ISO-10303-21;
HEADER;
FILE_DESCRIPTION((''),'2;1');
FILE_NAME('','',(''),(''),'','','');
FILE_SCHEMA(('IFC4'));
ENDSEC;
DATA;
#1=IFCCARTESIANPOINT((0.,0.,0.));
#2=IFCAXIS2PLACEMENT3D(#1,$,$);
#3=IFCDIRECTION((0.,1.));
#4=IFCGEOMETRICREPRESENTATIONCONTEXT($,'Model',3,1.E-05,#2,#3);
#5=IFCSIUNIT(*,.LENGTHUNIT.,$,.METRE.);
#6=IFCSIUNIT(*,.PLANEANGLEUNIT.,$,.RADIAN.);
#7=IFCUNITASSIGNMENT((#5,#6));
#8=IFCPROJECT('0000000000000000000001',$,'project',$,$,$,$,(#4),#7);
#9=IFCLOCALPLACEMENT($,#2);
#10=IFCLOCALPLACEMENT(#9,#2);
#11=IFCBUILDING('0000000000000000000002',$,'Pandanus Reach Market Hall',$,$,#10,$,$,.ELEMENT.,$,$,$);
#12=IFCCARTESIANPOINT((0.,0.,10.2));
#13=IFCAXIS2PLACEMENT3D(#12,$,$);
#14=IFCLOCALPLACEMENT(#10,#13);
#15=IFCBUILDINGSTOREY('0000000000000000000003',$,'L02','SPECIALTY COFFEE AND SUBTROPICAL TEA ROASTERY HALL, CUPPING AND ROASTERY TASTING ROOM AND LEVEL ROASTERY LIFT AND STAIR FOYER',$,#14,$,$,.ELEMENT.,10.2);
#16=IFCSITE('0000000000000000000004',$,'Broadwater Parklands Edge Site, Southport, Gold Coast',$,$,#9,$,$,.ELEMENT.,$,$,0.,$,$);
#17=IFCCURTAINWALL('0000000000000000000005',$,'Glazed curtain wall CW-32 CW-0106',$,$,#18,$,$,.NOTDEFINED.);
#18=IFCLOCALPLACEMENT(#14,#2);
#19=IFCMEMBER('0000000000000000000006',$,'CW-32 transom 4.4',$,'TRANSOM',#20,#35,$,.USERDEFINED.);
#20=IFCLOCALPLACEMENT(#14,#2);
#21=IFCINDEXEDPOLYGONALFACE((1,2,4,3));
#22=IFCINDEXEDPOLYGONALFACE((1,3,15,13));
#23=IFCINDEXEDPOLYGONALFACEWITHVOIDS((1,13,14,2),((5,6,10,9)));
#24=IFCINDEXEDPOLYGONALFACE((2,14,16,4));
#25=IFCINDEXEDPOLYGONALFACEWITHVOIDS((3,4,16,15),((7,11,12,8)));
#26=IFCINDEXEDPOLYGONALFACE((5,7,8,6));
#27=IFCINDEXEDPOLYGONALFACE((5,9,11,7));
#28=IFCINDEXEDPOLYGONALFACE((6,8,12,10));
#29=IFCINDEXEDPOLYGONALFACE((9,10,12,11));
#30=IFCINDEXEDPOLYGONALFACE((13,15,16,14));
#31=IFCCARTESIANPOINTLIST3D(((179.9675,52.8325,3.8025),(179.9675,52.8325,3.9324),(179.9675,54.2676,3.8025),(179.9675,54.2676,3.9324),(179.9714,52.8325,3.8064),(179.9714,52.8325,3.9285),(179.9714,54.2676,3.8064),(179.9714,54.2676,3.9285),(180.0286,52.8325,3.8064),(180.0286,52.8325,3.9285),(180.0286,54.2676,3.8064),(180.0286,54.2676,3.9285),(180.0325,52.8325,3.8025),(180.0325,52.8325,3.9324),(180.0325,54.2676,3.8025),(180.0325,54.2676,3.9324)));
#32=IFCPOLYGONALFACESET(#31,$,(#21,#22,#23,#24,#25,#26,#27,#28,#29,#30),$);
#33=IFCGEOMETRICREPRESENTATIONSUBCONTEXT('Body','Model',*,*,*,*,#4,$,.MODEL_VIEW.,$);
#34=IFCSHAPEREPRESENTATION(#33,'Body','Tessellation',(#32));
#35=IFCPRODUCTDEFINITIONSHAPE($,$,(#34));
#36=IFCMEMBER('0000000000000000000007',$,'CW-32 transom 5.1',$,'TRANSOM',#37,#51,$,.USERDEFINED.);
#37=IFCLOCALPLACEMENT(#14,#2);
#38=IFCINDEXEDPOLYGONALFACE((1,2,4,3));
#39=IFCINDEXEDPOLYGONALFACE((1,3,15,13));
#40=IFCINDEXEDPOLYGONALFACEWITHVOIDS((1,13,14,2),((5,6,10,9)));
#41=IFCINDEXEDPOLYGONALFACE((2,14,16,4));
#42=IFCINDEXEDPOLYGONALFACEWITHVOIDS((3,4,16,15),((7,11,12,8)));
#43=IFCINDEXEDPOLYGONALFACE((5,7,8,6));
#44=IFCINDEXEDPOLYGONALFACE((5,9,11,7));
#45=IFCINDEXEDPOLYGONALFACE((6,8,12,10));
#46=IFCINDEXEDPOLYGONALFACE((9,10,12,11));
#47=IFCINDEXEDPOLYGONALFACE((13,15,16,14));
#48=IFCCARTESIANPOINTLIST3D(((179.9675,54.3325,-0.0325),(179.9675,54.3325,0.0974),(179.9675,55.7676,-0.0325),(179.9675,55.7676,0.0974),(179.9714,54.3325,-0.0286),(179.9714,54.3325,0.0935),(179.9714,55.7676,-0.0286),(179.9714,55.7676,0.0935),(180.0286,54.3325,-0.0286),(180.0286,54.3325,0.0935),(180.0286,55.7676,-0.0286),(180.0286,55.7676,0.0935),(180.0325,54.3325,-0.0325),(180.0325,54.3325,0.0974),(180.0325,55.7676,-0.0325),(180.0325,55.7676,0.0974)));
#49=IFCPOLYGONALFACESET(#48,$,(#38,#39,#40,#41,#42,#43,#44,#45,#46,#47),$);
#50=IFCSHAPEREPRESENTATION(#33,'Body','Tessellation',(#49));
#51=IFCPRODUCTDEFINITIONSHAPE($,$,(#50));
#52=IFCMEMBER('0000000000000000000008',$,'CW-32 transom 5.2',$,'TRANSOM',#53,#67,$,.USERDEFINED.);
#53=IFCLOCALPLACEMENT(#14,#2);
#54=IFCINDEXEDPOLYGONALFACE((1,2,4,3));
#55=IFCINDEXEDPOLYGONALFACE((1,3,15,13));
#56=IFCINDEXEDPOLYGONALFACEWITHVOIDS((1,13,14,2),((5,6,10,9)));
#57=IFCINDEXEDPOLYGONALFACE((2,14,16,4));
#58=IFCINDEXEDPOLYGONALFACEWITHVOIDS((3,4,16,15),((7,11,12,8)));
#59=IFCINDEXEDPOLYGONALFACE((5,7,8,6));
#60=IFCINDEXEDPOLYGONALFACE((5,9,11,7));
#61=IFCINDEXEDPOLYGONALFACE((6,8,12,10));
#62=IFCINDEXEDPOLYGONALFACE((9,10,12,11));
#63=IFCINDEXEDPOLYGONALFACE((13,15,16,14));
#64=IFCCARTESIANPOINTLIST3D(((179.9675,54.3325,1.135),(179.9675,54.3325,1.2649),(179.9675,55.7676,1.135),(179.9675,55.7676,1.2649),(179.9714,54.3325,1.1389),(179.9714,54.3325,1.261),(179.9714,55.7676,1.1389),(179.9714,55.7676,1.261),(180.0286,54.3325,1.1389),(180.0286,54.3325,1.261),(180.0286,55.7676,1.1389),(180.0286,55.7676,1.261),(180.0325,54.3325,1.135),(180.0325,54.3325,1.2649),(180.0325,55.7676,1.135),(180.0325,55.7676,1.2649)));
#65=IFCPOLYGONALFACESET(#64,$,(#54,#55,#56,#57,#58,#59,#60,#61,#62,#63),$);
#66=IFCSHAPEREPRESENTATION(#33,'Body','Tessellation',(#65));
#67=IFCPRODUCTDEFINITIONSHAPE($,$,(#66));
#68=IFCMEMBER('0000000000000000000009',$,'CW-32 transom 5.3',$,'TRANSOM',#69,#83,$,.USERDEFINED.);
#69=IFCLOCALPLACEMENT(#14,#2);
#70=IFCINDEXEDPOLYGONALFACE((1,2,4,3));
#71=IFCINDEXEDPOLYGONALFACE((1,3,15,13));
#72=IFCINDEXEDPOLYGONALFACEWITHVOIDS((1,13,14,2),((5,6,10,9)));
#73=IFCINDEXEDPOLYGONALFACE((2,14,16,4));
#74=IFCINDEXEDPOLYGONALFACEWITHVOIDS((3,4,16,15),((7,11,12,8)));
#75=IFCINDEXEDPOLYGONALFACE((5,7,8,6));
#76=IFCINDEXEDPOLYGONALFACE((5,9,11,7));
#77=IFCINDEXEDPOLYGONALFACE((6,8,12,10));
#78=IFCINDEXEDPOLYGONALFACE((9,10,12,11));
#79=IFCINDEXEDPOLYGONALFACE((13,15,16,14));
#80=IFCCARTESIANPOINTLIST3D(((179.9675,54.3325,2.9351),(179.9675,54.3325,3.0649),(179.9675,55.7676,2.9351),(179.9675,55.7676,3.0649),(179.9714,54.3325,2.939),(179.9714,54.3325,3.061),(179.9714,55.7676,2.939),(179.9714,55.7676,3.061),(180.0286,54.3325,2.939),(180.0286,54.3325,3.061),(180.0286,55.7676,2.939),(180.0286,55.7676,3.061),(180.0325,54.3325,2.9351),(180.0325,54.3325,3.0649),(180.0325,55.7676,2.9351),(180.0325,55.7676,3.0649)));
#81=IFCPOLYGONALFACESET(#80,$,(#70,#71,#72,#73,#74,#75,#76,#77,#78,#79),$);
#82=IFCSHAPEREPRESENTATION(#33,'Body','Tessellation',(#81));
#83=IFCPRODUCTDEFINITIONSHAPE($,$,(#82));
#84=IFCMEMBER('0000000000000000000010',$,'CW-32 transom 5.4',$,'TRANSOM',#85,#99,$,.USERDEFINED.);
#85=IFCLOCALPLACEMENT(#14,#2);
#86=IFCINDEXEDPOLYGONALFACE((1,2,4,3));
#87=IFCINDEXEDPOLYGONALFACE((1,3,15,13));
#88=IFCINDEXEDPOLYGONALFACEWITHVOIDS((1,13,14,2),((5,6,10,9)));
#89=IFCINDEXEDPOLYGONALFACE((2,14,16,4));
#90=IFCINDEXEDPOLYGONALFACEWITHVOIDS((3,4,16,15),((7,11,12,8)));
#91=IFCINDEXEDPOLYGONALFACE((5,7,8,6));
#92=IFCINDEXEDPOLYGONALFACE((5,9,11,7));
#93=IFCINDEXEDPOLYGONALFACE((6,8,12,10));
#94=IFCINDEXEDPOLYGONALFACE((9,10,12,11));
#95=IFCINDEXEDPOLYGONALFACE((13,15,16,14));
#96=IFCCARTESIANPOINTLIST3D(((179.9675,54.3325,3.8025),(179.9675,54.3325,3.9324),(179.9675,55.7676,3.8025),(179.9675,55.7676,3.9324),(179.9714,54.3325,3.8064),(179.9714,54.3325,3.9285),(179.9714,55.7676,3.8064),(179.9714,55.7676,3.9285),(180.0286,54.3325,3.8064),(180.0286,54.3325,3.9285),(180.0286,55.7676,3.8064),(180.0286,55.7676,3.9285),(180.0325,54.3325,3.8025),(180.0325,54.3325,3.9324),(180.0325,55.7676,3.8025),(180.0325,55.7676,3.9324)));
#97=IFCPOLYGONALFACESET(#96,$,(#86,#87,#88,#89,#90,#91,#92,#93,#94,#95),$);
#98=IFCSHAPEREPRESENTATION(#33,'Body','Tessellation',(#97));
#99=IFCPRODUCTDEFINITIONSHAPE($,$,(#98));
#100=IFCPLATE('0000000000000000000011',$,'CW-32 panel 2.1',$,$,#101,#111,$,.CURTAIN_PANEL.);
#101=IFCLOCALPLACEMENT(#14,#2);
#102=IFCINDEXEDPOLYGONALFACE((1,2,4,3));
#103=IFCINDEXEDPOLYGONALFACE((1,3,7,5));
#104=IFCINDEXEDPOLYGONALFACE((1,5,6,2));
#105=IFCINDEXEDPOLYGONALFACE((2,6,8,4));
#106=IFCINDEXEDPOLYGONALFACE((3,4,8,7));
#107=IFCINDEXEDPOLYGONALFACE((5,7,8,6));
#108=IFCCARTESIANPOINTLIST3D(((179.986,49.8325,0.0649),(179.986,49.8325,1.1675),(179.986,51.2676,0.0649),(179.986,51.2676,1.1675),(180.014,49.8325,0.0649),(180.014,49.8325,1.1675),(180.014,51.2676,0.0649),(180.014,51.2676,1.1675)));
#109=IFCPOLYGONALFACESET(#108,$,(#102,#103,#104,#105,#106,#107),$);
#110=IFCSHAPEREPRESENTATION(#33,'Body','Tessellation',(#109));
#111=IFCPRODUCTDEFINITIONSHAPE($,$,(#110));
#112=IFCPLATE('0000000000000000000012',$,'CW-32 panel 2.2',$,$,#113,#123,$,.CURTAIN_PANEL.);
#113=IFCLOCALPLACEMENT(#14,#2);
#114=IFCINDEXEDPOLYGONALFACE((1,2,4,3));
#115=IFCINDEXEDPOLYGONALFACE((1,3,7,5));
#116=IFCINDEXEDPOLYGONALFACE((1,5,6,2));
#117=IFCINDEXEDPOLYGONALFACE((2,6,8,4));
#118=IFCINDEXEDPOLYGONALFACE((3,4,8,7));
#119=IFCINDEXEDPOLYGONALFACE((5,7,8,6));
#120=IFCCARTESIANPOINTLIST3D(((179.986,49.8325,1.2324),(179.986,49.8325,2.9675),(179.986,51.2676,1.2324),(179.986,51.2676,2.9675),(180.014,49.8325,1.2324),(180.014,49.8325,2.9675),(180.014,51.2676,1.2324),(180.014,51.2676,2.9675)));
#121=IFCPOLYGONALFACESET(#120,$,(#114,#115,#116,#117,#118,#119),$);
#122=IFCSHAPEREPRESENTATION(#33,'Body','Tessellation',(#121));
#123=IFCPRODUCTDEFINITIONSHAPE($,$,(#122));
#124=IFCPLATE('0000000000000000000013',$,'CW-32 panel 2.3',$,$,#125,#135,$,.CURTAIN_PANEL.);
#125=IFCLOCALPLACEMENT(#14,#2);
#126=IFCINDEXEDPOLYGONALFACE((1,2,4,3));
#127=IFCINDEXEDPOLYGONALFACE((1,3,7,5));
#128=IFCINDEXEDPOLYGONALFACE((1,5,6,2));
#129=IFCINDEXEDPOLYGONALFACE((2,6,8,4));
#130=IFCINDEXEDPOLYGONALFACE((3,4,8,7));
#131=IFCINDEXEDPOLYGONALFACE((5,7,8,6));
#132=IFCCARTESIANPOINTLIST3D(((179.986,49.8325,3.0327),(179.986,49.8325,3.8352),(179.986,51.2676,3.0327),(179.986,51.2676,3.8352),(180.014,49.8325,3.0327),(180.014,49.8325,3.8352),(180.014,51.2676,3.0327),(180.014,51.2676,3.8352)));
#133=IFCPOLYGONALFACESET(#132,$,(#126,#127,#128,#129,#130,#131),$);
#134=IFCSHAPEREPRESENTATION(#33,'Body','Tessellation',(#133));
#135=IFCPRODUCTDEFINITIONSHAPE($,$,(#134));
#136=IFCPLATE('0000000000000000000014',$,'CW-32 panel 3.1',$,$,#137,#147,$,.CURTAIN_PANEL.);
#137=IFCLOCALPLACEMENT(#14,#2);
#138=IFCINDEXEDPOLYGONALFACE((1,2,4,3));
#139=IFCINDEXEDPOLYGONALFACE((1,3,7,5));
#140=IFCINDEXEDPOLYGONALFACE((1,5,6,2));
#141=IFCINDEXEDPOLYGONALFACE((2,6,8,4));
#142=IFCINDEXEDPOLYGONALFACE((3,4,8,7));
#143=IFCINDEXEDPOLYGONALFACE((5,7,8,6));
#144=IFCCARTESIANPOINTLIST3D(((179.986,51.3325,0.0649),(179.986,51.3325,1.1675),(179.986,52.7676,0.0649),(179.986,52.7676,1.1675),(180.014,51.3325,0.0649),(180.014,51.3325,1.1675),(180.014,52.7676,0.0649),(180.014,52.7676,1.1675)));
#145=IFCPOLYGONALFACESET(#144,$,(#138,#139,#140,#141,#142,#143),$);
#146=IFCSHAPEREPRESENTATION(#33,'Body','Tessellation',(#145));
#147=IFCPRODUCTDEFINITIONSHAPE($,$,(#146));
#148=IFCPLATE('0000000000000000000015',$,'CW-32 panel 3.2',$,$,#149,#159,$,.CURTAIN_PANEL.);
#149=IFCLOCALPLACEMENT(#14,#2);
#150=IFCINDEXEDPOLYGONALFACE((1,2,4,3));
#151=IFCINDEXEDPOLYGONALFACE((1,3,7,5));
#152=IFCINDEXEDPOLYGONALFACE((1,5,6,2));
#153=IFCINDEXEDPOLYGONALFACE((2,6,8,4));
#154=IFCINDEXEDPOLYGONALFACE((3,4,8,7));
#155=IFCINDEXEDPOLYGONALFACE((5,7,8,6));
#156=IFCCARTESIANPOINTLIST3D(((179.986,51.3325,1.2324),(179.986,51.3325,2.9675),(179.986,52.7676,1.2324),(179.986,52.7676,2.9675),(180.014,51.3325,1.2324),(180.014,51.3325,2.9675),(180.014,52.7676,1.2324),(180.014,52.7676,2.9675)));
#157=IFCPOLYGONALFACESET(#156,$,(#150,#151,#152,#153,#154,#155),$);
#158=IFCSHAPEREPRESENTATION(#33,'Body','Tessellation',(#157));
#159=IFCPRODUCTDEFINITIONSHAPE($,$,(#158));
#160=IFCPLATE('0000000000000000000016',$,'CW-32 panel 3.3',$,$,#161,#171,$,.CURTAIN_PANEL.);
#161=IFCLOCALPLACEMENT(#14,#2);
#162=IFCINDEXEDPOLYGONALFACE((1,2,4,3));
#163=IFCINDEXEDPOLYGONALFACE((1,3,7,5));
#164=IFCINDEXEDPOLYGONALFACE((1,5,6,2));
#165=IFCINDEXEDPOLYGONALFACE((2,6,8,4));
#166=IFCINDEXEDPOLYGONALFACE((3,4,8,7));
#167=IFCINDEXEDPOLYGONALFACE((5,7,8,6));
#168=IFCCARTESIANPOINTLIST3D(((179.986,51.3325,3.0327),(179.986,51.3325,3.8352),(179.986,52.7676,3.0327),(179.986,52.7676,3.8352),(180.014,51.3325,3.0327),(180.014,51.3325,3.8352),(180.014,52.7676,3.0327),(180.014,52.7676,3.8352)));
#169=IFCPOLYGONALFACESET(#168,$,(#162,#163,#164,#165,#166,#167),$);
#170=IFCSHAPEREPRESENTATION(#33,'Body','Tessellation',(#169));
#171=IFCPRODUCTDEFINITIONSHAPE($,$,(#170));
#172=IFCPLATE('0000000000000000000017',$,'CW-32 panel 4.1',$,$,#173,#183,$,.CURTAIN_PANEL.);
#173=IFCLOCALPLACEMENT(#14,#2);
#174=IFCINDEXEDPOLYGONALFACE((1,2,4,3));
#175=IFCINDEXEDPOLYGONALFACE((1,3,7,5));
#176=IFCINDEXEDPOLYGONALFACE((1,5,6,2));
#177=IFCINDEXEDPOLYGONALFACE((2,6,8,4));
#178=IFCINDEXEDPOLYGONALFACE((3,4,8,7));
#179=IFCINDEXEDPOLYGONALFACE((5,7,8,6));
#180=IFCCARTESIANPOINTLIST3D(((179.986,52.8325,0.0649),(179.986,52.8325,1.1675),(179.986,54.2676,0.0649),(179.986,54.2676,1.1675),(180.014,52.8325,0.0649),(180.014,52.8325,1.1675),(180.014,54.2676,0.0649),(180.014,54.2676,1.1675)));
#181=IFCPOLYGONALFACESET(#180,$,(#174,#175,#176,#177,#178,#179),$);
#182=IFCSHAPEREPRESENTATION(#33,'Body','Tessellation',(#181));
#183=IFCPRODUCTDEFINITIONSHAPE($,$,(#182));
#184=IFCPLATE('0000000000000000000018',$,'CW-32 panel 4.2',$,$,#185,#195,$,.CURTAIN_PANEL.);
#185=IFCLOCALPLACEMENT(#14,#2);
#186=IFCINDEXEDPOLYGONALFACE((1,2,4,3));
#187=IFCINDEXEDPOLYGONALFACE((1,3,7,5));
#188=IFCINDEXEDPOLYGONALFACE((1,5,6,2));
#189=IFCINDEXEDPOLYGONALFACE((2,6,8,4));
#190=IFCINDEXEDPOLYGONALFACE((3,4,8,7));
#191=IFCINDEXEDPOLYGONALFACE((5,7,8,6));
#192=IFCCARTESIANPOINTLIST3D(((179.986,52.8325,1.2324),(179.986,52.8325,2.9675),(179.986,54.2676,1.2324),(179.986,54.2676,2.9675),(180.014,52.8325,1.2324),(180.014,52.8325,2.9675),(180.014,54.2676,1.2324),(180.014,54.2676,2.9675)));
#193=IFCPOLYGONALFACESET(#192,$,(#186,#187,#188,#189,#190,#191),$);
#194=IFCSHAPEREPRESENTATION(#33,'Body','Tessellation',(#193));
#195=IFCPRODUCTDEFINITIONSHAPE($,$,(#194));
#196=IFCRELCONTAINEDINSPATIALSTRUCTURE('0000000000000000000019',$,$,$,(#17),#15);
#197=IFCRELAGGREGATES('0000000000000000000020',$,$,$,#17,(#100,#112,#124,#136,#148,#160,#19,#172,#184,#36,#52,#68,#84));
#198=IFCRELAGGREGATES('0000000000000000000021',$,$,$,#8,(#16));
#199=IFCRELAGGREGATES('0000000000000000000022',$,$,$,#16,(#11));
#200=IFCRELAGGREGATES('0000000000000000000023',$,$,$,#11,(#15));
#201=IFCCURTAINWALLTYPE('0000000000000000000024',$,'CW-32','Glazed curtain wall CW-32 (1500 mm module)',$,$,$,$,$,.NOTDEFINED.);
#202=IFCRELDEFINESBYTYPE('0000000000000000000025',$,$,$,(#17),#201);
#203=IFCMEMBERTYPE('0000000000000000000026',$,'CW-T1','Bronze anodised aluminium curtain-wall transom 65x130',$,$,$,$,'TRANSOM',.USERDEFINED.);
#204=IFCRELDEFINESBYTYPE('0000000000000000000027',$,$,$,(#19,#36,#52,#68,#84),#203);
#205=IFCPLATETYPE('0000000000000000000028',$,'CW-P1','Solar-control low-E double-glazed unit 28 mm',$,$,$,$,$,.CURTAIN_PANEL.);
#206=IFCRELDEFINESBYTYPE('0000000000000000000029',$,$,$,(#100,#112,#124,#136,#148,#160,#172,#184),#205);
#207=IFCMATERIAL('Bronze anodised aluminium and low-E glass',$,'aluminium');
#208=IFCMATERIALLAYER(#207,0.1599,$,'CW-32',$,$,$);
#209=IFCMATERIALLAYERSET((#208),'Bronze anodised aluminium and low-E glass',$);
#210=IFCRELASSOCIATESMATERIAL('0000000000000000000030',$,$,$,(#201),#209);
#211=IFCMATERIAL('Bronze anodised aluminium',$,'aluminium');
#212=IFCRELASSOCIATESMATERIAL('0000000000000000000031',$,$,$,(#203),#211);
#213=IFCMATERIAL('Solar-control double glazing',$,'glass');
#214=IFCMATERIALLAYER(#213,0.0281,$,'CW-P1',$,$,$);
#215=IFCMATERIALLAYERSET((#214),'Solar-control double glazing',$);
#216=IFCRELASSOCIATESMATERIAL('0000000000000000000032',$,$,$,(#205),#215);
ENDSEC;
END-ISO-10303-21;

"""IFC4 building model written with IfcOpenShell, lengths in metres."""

from ifc_helpers import new_model, si_unit, direction, frame, origin, origin_2d, place, context, subcontext, project, spatial, rectangle, hollow_rectangle, extrude, material, layer, layer_set, material_profile, profile_set, type_object, element, aggregate, save


model = new_model("IFC4")

# Units and contexts
model_context = context("Model", 3, precision=1e-05, world=origin(), true_north=direction((0.0, 1.0)))
body_context = subcontext(model_context, "Body", "Model", "MODEL_VIEW")
ifc_project = project(units=[si_unit("LENGTHUNIT", "METRE"), si_unit("PLANEANGLEUNIT", "RADIAN")], contexts=[model_context])

# Site, building, storey
site_placement = place(None, origin())
site = spatial("IfcSite", under=ifc_project, at=site_placement, Name="Broadwater Parklands Edge Site, Southport, Gold Coast", CompositionType="ELEMENT", RefElevation=0.0)
building_placement = place(site_placement, origin())
building = spatial("IfcBuilding", under=site, at=building_placement, Name="Pandanus Reach Market Hall", CompositionType="ELEMENT")
storey_placement = place(building_placement, frame((0.0, 0.0, 10.2)))
storey = spatial("IfcBuildingStorey", under=building, at=storey_placement, Name="L02", Description="SPECIALTY COFFEE AND SUBTROPICAL TEA ROASTERY HALL, CUPPING AND ROASTERY TASTING ROOM AND LEVEL ROASTERY LIFT AND STAIR FOYER", CompositionType="ELEMENT", Elevation=10.2)

# Curtain wall, members, plates
ifc_material_1 = material(Name="Bronze anodised aluminium and low-E glass", Category="aluminium")
ifc_layer_1 = layer(ifc_material_1, 0.1599, Name="CW-32")
ifc_layer_set_1 = layer_set([ifc_layer_1], Name="Bronze anodised aluminium and low-E glass")
curtain_wall_type = type_object("IfcCurtainWallType", Name="CW-32", Description="Glazed curtain wall CW-32 (1500 mm module)", PredefinedType="NOTDEFINED", material=ifc_layer_set_1)
curtain_wall_placement = place(storey_placement, origin())
curtain_wall = element("IfcCurtainWall", 1, at=curtain_wall_placement, inside=storey, type_object=curtain_wall_type, Name="Glazed curtain wall CW-32 CW-0106", PredefinedType="NOTDEFINED")
ifc_material_2 = material(Name="Bronze anodised aluminium", Category="aluminium")
ifc_material_profile_1 = material_profile(ifc_material_2, hollow_rectangle(XDim=0.0649, YDim=0.1299, WallThickness=0.0039, at=origin_2d()), Name="ALU65x130", Category="LoadBearing")
ifc_profile_set_1 = profile_set([ifc_material_profile_1], Name="Bronze anodised aluminium")
member_type_1 = type_object("IfcMemberType", Name="CW-T1", Description="Bronze anodised aluminium curtain-wall transom 65x130", ElementType="TRANSOM", PredefinedType="USERDEFINED", material=ifc_profile_set_1)
member_1_placement = place(storey_placement, frame((180.0, 52.8325, 3.8674), z_axis=(0.0, 1.0, 0.0), x_axis=(-1.0, 0.0, 0.0)))
member_1 = element("IfcMember", 2, at=member_1_placement, type_object=member_type_1, Name="CW-32 transom 4.4", ObjectType="TRANSOM", PredefinedType="USERDEFINED", context=body_context, shape_type="SweptSolid", body=[
    extrude(hollow_rectangle(XDim=0.0649, YDim=0.1299, WallThickness=0.0039, at=origin_2d()), origin(), (0.0, 0.0, 1.0), 1.4351),
])
member_2_placement = place(storey_placement, frame((180.0, 54.3325, 0.0325), z_axis=(0.0, 1.0, 0.0), x_axis=(-1.0, 0.0, 0.0)))
member_2 = element("IfcMember", 3, at=member_2_placement, type_object=member_type_1, Name="CW-32 transom 5.1", ObjectType="TRANSOM", PredefinedType="USERDEFINED", context=body_context, shape_type="SweptSolid", body=[
    extrude(hollow_rectangle(XDim=0.0649, YDim=0.1299, WallThickness=0.0039, at=origin_2d()), origin(), (0.0, 0.0, 1.0), 1.4351),
])
member_3_placement = place(storey_placement, frame((180.0, 54.3325, 1.2), z_axis=(0.0, 1.0, 0.0), x_axis=(-1.0, 0.0, 0.0)))
member_3 = element("IfcMember", 4, at=member_3_placement, type_object=member_type_1, Name="CW-32 transom 5.2", ObjectType="TRANSOM", PredefinedType="USERDEFINED", context=body_context, shape_type="SweptSolid", body=[
    extrude(hollow_rectangle(XDim=0.0649, YDim=0.1299, WallThickness=0.0039, at=origin_2d()), origin(), (0.0, 0.0, 1.0), 1.4351),
])
member_4_placement = place(storey_placement, frame((180.0, 54.3325, 3.0), z_axis=(0.0, 1.0, 0.0), x_axis=(-1.0, 0.0, 0.0)))
member_4 = element("IfcMember", 5, at=member_4_placement, type_object=member_type_1, Name="CW-32 transom 5.3", ObjectType="TRANSOM", PredefinedType="USERDEFINED", context=body_context, shape_type="SweptSolid", body=[
    extrude(hollow_rectangle(XDim=0.0649, YDim=0.1299, WallThickness=0.0039, at=origin_2d()), origin(), (0.0, 0.0, 1.0), 1.4351),
])
member_5_placement = place(storey_placement, frame((180.0, 54.3325, 3.8674), z_axis=(0.0, 1.0, 0.0), x_axis=(-1.0, 0.0, 0.0)))
member_5 = element("IfcMember", 6, at=member_5_placement, type_object=member_type_1, Name="CW-32 transom 5.4", ObjectType="TRANSOM", PredefinedType="USERDEFINED", context=body_context, shape_type="SweptSolid", body=[
    extrude(hollow_rectangle(XDim=0.0649, YDim=0.1299, WallThickness=0.0039, at=origin_2d()), origin(), (0.0, 0.0, 1.0), 1.4351),
])
ifc_material_3 = material(Name="Solar-control double glazing", Category="glass")
ifc_layer_2 = layer(ifc_material_3, 0.0281, Name="CW-P1")
ifc_layer_set_2 = layer_set([ifc_layer_2], Name="Solar-control double glazing")
plate_type = type_object("IfcPlateType", Name="CW-P1", Description="Solar-control low-E double-glazed unit 28 mm", PredefinedType="CURTAIN_PANEL", material=ifc_layer_set_2)
plate_1_placement = place(storey_placement, frame((180.0, 50.55, 0.0649), z_axis=(0.0, 0.0, 1.0), x_axis=(0.0, 1.0, 0.0)))
plate_1 = element("IfcPlate", 7, at=plate_1_placement, type_object=plate_type, Name="CW-32 panel 2.1", PredefinedType="CURTAIN_PANEL", context=body_context, shape_type="SweptSolid", body=[
    extrude(rectangle(XDim=1.4351, YDim=0.0281, at=origin_2d()), origin(), (0.0, 0.0, 1.0), 1.1025),
])
plate_2_placement = place(storey_placement, frame((180.0, 50.55, 1.2324), z_axis=(0.0, 0.0, 1.0), x_axis=(0.0, 1.0, 0.0)))
plate_2 = element("IfcPlate", 8, at=plate_2_placement, type_object=plate_type, Name="CW-32 panel 2.2", PredefinedType="CURTAIN_PANEL", context=body_context, shape_type="SweptSolid", body=[
    extrude(rectangle(XDim=1.4351, YDim=0.0281, at=origin_2d()), origin(), (0.0, 0.0, 1.0), 1.7351),
])
plate_3_placement = place(storey_placement, frame((180.0, 50.55, 3.0327), z_axis=(0.0, 0.0, 1.0), x_axis=(0.0, 1.0, 0.0)))
plate_3 = element("IfcPlate", 9, at=plate_3_placement, type_object=plate_type, Name="CW-32 panel 2.3", PredefinedType="CURTAIN_PANEL", context=body_context, shape_type="SweptSolid", body=[
    extrude(rectangle(XDim=1.4351, YDim=0.0281, at=origin_2d()), origin(), (0.0, 0.0, 1.0), 0.8025),
])
plate_4_placement = place(storey_placement, frame((180.0, 52.05, 0.0649), z_axis=(0.0, 0.0, 1.0), x_axis=(0.0, 1.0, 0.0)))
plate_4 = element("IfcPlate", 10, at=plate_4_placement, type_object=plate_type, Name="CW-32 panel 3.1", PredefinedType="CURTAIN_PANEL", context=body_context, shape_type="SweptSolid", body=[
    extrude(rectangle(XDim=1.4351, YDim=0.0281, at=origin_2d()), origin(), (0.0, 0.0, 1.0), 1.1025),
])
plate_5_placement = place(storey_placement, frame((180.0, 52.05, 1.2324), z_axis=(0.0, 0.0, 1.0), x_axis=(0.0, 1.0, 0.0)))
plate_5 = element("IfcPlate", 11, at=plate_5_placement, type_object=plate_type, Name="CW-32 panel 3.2", PredefinedType="CURTAIN_PANEL", context=body_context, shape_type="SweptSolid", body=[
    extrude(rectangle(XDim=1.4351, YDim=0.0281, at=origin_2d()), origin(), (0.0, 0.0, 1.0), 1.7351),
])
plate_6_placement = place(storey_placement, frame((180.0, 52.05, 3.0327), z_axis=(0.0, 0.0, 1.0), x_axis=(0.0, 1.0, 0.0)))
plate_6 = element("IfcPlate", 12, at=plate_6_placement, type_object=plate_type, Name="CW-32 panel 3.3", PredefinedType="CURTAIN_PANEL", context=body_context, shape_type="SweptSolid", body=[
    extrude(rectangle(XDim=1.4351, YDim=0.0281, at=origin_2d()), origin(), (0.0, 0.0, 1.0), 0.8025),
])
plate_7_placement = place(storey_placement, frame((180.0, 53.55, 0.0649), z_axis=(0.0, 0.0, 1.0), x_axis=(0.0, 1.0, 0.0)))
plate_7 = element("IfcPlate", 13, at=plate_7_placement, type_object=plate_type, Name="CW-32 panel 4.1", PredefinedType="CURTAIN_PANEL", context=body_context, shape_type="SweptSolid", body=[
    extrude(rectangle(XDim=1.4351, YDim=0.0281, at=origin_2d()), origin(), (0.0, 0.0, 1.0), 1.1025),
])
plate_8_placement = place(storey_placement, frame((180.0, 53.55, 1.2324), z_axis=(0.0, 0.0, 1.0), x_axis=(0.0, 1.0, 0.0)))
plate_8 = element("IfcPlate", 14, at=plate_8_placement, type_object=plate_type, Name="CW-32 panel 4.2", PredefinedType="CURTAIN_PANEL", context=body_context, shape_type="SweptSolid", body=[
    extrude(rectangle(XDim=1.4351, YDim=0.0281, at=origin_2d()), origin(), (0.0, 0.0, 1.0), 1.7351),
])
aggregate(curtain_wall, [plate_1, plate_2, plate_3, plate_4, plate_5, plate_6, member_1, plate_7, plate_8, member_2, member_3, member_4, member_5])

save(model, "model.ifc")
